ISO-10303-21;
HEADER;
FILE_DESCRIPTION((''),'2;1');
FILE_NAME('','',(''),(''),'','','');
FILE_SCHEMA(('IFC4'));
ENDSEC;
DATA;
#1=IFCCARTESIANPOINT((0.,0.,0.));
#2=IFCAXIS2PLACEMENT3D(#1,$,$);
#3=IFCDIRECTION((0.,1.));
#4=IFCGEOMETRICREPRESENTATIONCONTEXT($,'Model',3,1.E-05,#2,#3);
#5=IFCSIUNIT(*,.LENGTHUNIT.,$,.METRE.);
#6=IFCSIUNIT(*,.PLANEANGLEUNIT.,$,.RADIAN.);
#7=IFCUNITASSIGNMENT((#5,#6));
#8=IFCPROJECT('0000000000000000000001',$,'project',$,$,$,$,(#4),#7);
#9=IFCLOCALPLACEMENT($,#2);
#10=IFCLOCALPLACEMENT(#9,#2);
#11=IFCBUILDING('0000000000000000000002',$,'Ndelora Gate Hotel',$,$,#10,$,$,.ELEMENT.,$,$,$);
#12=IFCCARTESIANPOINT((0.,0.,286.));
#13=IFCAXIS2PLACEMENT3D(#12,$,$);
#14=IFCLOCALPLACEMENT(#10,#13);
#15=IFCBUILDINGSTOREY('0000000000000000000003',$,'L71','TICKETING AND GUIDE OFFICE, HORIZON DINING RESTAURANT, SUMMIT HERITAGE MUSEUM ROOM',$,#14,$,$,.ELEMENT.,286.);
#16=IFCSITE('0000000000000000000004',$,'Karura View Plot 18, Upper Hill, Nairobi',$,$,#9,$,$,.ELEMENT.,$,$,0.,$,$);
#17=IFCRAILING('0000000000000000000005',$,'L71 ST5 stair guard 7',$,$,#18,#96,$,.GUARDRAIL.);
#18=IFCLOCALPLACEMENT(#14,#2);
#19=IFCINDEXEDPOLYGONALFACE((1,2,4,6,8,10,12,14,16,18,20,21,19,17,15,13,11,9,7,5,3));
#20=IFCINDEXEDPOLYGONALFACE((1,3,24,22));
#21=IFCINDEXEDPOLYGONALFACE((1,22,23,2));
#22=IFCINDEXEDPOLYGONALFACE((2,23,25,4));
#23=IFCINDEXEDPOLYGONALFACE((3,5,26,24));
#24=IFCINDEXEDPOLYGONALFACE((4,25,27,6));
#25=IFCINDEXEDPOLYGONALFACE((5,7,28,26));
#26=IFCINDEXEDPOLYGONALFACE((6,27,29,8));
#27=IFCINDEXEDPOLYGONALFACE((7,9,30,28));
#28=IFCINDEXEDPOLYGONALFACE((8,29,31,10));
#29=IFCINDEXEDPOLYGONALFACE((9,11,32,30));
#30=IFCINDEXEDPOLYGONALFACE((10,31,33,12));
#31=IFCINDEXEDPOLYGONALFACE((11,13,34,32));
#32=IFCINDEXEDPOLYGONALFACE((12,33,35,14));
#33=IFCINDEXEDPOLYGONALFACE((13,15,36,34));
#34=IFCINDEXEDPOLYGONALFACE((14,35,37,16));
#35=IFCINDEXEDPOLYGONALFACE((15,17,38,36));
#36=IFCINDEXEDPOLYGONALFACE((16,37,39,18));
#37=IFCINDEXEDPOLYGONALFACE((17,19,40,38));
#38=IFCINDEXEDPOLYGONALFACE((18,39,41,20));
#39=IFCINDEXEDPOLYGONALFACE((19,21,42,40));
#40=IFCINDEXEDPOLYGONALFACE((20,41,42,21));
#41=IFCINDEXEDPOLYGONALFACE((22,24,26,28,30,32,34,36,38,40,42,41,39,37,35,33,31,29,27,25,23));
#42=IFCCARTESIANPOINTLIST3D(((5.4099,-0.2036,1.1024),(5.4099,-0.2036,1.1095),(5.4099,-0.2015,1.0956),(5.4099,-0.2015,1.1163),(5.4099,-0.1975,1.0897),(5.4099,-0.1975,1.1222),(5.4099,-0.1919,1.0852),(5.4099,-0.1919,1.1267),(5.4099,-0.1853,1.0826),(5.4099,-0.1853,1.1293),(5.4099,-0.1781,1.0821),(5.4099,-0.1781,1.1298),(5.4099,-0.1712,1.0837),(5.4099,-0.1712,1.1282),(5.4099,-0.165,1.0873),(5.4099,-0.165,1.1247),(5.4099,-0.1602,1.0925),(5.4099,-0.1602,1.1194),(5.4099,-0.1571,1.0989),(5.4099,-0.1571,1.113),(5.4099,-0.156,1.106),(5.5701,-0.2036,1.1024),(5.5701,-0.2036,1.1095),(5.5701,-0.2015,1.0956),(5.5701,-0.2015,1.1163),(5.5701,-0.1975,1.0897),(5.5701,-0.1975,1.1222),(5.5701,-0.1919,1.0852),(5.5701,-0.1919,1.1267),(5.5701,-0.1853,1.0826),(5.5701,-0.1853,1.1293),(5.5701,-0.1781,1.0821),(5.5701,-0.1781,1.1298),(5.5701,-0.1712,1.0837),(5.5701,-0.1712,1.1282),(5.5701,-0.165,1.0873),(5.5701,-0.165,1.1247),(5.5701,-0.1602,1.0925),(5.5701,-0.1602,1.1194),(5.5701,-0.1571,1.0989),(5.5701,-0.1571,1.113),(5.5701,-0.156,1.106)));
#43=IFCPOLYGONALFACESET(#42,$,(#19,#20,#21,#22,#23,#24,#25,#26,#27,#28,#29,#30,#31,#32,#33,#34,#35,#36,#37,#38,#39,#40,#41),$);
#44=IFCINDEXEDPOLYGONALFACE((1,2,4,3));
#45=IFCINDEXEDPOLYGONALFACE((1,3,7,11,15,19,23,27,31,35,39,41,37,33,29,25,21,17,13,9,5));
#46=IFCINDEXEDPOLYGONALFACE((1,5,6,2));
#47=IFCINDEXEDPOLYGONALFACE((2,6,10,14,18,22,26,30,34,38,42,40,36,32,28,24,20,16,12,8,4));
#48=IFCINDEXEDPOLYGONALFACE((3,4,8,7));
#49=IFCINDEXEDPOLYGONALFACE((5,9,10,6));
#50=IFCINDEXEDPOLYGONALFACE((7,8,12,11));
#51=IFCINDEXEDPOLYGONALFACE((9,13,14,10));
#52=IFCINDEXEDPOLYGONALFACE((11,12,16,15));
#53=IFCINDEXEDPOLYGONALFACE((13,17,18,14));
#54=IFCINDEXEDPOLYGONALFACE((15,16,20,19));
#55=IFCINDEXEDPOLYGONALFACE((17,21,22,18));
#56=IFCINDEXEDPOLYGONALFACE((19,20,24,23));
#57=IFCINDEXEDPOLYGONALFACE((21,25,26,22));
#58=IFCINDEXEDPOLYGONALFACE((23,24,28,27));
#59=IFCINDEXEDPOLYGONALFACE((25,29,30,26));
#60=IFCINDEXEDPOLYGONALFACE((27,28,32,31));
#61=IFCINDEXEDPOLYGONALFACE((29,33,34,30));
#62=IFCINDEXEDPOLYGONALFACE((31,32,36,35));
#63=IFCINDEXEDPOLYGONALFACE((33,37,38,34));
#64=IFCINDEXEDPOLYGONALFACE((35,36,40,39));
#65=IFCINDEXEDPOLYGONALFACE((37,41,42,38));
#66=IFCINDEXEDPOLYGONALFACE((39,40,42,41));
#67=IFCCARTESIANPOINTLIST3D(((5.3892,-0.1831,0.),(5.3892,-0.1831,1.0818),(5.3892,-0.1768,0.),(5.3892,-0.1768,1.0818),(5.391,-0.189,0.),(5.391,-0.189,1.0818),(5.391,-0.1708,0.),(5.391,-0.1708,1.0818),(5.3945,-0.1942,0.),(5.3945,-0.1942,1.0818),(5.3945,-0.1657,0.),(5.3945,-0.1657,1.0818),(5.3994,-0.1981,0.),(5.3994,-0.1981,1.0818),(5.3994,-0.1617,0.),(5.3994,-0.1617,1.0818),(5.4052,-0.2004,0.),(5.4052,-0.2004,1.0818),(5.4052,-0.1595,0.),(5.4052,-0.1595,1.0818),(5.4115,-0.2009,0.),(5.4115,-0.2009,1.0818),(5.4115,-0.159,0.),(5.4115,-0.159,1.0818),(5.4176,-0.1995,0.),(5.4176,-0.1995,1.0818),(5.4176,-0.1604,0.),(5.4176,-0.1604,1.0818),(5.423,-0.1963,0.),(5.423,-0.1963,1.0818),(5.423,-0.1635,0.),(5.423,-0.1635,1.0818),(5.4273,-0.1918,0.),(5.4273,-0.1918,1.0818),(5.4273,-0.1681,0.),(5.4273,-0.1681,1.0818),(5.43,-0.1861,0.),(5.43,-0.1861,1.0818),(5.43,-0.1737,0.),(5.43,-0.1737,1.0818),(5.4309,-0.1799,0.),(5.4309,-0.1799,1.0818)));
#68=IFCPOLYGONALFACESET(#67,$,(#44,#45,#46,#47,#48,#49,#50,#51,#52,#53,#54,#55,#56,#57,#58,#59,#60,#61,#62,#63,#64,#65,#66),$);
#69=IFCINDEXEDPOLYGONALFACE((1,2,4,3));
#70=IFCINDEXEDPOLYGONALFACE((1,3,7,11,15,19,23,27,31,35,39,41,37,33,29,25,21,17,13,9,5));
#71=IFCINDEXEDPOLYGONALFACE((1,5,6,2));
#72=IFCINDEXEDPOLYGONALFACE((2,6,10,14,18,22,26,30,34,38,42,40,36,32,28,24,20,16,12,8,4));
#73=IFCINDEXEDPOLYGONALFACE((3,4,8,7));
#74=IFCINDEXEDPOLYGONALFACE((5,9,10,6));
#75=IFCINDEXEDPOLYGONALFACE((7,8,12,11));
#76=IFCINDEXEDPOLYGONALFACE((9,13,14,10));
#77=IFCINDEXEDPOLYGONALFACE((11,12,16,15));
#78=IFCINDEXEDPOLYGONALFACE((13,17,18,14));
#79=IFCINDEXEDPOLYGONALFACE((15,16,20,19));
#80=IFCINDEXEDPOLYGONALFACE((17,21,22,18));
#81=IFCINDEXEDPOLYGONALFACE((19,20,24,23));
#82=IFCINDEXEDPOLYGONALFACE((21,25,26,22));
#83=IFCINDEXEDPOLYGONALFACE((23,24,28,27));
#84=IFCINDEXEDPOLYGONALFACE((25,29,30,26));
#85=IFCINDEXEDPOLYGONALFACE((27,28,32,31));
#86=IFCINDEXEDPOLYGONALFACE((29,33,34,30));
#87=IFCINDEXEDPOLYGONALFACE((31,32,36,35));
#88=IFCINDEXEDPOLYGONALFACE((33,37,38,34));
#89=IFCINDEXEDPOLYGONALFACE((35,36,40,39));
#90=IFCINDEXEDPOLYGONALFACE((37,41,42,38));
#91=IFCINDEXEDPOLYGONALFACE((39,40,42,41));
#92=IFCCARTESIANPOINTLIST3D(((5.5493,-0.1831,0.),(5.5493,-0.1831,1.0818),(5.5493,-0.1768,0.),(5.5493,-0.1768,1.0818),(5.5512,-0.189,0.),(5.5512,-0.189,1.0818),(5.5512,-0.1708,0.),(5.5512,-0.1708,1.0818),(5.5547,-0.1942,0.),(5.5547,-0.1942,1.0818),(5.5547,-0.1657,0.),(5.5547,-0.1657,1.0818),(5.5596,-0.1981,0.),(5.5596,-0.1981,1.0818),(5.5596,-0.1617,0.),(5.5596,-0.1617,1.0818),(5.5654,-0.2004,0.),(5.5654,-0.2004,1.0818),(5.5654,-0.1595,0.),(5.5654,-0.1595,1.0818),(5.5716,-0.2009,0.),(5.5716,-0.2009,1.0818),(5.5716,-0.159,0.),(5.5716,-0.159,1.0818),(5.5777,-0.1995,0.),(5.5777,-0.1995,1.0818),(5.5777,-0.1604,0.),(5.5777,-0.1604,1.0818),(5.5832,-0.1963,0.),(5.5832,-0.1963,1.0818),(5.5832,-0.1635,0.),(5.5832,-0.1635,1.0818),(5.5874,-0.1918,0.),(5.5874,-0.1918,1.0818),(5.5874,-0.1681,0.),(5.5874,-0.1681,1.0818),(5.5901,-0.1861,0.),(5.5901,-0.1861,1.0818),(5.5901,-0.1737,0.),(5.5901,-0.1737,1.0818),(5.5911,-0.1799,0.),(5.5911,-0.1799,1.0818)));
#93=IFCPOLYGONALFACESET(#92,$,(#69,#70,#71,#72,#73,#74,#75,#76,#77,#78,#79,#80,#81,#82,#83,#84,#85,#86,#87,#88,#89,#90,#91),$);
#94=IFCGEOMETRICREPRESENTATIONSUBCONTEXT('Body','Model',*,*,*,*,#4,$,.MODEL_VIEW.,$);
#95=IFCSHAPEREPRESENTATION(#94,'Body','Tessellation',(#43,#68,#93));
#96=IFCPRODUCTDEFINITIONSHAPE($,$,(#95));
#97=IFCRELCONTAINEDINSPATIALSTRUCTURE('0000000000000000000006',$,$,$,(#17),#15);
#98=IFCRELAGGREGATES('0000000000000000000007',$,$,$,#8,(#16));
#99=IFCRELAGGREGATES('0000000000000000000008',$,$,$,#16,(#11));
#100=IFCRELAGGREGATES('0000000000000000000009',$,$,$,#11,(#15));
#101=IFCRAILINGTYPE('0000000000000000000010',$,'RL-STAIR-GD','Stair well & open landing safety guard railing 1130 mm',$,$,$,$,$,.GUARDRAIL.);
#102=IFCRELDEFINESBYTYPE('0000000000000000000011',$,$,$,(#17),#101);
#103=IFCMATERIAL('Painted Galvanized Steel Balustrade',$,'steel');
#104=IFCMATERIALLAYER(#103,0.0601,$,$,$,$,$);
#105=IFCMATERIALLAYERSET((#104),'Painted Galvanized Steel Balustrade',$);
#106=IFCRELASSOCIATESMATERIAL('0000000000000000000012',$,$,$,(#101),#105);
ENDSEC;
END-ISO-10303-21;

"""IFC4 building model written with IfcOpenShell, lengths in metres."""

from ifc_helpers import new_model, si_unit, direction, frame, origin, origin_2d, place, context, subcontext, project, spatial, circle, extrude, material, layer, layer_set, type_object, element, save


model = new_model("IFC4")

# Units and contexts
model_context = context("Model", 3, precision=1e-05, world=origin(), true_north=direction((0.0, 1.0)))
body_context = subcontext(model_context, "Body", "Model", "MODEL_VIEW")
ifc_project = project(units=[si_unit("LENGTHUNIT", "METRE"), si_unit("PLANEANGLEUNIT", "RADIAN")], contexts=[model_context])

# Site, building, storey
site_placement = place(None, origin())
site = spatial("IfcSite", under=ifc_project, at=site_placement, Name="Karura View Plot 18, Upper Hill, Nairobi", CompositionType="ELEMENT", RefElevation=0.0)
building_placement = place(site_placement, origin())
building = spatial("IfcBuilding", under=site, at=building_placement, Name="Ndelora Gate Hotel", CompositionType="ELEMENT")
storey_placement = place(building_placement, frame((0.0, 0.0, 286.0)))
storey = spatial("IfcBuildingStorey", under=building, at=storey_placement, Name="L71", Description="TICKETING AND GUIDE OFFICE, HORIZON DINING RESTAURANT, SUMMIT HERITAGE MUSEUM ROOM", CompositionType="ELEMENT", Elevation=286.0)

# Railing
ifc_material_1 = material(Name="Painted Galvanized Steel Balustrade", Category="steel")
ifc_layer_1 = layer(ifc_material_1, 0.0601)
ifc_layer_set_1 = layer_set([ifc_layer_1], Name="Painted Galvanized Steel Balustrade")
railing_type_1 = type_object("IfcRailingType", Name="RL-STAIR-GD", Description="Stair well & open landing safety guard railing 1130 mm", PredefinedType="GUARDRAIL", material=ifc_layer_set_1)
railing_1_placement = place(storey_placement, frame((5.4099, -0.1799, 0.0)))
element("IfcRailing", 1, at=railing_1_placement, inside=storey, type_object=railing_type_1, Name="L71 ST5 stair guard 7", PredefinedType="GUARDRAIL", context=body_context, shape_type="SweptSolid", body=[
    extrude(circle(Radius=0.0239, at=origin_2d()), frame((0.0, 0.0, 1.106), z_axis=(1.0, 0.0, 0.0), x_axis=(0.0, 1.0, 0.0)), (0.0, 0.0, 1.0), 0.1602),
    extrude(circle(Radius=0.021, at=origin_2d()), origin(), (0.0, 0.0, 1.0), 1.0818),
    extrude(circle(Radius=0.021, at=origin_2d()), frame((0.1602, 0.0, 0.0)), (0.0, 0.0, 1.0), 1.0818),
])

save(model, "model.ifc")
